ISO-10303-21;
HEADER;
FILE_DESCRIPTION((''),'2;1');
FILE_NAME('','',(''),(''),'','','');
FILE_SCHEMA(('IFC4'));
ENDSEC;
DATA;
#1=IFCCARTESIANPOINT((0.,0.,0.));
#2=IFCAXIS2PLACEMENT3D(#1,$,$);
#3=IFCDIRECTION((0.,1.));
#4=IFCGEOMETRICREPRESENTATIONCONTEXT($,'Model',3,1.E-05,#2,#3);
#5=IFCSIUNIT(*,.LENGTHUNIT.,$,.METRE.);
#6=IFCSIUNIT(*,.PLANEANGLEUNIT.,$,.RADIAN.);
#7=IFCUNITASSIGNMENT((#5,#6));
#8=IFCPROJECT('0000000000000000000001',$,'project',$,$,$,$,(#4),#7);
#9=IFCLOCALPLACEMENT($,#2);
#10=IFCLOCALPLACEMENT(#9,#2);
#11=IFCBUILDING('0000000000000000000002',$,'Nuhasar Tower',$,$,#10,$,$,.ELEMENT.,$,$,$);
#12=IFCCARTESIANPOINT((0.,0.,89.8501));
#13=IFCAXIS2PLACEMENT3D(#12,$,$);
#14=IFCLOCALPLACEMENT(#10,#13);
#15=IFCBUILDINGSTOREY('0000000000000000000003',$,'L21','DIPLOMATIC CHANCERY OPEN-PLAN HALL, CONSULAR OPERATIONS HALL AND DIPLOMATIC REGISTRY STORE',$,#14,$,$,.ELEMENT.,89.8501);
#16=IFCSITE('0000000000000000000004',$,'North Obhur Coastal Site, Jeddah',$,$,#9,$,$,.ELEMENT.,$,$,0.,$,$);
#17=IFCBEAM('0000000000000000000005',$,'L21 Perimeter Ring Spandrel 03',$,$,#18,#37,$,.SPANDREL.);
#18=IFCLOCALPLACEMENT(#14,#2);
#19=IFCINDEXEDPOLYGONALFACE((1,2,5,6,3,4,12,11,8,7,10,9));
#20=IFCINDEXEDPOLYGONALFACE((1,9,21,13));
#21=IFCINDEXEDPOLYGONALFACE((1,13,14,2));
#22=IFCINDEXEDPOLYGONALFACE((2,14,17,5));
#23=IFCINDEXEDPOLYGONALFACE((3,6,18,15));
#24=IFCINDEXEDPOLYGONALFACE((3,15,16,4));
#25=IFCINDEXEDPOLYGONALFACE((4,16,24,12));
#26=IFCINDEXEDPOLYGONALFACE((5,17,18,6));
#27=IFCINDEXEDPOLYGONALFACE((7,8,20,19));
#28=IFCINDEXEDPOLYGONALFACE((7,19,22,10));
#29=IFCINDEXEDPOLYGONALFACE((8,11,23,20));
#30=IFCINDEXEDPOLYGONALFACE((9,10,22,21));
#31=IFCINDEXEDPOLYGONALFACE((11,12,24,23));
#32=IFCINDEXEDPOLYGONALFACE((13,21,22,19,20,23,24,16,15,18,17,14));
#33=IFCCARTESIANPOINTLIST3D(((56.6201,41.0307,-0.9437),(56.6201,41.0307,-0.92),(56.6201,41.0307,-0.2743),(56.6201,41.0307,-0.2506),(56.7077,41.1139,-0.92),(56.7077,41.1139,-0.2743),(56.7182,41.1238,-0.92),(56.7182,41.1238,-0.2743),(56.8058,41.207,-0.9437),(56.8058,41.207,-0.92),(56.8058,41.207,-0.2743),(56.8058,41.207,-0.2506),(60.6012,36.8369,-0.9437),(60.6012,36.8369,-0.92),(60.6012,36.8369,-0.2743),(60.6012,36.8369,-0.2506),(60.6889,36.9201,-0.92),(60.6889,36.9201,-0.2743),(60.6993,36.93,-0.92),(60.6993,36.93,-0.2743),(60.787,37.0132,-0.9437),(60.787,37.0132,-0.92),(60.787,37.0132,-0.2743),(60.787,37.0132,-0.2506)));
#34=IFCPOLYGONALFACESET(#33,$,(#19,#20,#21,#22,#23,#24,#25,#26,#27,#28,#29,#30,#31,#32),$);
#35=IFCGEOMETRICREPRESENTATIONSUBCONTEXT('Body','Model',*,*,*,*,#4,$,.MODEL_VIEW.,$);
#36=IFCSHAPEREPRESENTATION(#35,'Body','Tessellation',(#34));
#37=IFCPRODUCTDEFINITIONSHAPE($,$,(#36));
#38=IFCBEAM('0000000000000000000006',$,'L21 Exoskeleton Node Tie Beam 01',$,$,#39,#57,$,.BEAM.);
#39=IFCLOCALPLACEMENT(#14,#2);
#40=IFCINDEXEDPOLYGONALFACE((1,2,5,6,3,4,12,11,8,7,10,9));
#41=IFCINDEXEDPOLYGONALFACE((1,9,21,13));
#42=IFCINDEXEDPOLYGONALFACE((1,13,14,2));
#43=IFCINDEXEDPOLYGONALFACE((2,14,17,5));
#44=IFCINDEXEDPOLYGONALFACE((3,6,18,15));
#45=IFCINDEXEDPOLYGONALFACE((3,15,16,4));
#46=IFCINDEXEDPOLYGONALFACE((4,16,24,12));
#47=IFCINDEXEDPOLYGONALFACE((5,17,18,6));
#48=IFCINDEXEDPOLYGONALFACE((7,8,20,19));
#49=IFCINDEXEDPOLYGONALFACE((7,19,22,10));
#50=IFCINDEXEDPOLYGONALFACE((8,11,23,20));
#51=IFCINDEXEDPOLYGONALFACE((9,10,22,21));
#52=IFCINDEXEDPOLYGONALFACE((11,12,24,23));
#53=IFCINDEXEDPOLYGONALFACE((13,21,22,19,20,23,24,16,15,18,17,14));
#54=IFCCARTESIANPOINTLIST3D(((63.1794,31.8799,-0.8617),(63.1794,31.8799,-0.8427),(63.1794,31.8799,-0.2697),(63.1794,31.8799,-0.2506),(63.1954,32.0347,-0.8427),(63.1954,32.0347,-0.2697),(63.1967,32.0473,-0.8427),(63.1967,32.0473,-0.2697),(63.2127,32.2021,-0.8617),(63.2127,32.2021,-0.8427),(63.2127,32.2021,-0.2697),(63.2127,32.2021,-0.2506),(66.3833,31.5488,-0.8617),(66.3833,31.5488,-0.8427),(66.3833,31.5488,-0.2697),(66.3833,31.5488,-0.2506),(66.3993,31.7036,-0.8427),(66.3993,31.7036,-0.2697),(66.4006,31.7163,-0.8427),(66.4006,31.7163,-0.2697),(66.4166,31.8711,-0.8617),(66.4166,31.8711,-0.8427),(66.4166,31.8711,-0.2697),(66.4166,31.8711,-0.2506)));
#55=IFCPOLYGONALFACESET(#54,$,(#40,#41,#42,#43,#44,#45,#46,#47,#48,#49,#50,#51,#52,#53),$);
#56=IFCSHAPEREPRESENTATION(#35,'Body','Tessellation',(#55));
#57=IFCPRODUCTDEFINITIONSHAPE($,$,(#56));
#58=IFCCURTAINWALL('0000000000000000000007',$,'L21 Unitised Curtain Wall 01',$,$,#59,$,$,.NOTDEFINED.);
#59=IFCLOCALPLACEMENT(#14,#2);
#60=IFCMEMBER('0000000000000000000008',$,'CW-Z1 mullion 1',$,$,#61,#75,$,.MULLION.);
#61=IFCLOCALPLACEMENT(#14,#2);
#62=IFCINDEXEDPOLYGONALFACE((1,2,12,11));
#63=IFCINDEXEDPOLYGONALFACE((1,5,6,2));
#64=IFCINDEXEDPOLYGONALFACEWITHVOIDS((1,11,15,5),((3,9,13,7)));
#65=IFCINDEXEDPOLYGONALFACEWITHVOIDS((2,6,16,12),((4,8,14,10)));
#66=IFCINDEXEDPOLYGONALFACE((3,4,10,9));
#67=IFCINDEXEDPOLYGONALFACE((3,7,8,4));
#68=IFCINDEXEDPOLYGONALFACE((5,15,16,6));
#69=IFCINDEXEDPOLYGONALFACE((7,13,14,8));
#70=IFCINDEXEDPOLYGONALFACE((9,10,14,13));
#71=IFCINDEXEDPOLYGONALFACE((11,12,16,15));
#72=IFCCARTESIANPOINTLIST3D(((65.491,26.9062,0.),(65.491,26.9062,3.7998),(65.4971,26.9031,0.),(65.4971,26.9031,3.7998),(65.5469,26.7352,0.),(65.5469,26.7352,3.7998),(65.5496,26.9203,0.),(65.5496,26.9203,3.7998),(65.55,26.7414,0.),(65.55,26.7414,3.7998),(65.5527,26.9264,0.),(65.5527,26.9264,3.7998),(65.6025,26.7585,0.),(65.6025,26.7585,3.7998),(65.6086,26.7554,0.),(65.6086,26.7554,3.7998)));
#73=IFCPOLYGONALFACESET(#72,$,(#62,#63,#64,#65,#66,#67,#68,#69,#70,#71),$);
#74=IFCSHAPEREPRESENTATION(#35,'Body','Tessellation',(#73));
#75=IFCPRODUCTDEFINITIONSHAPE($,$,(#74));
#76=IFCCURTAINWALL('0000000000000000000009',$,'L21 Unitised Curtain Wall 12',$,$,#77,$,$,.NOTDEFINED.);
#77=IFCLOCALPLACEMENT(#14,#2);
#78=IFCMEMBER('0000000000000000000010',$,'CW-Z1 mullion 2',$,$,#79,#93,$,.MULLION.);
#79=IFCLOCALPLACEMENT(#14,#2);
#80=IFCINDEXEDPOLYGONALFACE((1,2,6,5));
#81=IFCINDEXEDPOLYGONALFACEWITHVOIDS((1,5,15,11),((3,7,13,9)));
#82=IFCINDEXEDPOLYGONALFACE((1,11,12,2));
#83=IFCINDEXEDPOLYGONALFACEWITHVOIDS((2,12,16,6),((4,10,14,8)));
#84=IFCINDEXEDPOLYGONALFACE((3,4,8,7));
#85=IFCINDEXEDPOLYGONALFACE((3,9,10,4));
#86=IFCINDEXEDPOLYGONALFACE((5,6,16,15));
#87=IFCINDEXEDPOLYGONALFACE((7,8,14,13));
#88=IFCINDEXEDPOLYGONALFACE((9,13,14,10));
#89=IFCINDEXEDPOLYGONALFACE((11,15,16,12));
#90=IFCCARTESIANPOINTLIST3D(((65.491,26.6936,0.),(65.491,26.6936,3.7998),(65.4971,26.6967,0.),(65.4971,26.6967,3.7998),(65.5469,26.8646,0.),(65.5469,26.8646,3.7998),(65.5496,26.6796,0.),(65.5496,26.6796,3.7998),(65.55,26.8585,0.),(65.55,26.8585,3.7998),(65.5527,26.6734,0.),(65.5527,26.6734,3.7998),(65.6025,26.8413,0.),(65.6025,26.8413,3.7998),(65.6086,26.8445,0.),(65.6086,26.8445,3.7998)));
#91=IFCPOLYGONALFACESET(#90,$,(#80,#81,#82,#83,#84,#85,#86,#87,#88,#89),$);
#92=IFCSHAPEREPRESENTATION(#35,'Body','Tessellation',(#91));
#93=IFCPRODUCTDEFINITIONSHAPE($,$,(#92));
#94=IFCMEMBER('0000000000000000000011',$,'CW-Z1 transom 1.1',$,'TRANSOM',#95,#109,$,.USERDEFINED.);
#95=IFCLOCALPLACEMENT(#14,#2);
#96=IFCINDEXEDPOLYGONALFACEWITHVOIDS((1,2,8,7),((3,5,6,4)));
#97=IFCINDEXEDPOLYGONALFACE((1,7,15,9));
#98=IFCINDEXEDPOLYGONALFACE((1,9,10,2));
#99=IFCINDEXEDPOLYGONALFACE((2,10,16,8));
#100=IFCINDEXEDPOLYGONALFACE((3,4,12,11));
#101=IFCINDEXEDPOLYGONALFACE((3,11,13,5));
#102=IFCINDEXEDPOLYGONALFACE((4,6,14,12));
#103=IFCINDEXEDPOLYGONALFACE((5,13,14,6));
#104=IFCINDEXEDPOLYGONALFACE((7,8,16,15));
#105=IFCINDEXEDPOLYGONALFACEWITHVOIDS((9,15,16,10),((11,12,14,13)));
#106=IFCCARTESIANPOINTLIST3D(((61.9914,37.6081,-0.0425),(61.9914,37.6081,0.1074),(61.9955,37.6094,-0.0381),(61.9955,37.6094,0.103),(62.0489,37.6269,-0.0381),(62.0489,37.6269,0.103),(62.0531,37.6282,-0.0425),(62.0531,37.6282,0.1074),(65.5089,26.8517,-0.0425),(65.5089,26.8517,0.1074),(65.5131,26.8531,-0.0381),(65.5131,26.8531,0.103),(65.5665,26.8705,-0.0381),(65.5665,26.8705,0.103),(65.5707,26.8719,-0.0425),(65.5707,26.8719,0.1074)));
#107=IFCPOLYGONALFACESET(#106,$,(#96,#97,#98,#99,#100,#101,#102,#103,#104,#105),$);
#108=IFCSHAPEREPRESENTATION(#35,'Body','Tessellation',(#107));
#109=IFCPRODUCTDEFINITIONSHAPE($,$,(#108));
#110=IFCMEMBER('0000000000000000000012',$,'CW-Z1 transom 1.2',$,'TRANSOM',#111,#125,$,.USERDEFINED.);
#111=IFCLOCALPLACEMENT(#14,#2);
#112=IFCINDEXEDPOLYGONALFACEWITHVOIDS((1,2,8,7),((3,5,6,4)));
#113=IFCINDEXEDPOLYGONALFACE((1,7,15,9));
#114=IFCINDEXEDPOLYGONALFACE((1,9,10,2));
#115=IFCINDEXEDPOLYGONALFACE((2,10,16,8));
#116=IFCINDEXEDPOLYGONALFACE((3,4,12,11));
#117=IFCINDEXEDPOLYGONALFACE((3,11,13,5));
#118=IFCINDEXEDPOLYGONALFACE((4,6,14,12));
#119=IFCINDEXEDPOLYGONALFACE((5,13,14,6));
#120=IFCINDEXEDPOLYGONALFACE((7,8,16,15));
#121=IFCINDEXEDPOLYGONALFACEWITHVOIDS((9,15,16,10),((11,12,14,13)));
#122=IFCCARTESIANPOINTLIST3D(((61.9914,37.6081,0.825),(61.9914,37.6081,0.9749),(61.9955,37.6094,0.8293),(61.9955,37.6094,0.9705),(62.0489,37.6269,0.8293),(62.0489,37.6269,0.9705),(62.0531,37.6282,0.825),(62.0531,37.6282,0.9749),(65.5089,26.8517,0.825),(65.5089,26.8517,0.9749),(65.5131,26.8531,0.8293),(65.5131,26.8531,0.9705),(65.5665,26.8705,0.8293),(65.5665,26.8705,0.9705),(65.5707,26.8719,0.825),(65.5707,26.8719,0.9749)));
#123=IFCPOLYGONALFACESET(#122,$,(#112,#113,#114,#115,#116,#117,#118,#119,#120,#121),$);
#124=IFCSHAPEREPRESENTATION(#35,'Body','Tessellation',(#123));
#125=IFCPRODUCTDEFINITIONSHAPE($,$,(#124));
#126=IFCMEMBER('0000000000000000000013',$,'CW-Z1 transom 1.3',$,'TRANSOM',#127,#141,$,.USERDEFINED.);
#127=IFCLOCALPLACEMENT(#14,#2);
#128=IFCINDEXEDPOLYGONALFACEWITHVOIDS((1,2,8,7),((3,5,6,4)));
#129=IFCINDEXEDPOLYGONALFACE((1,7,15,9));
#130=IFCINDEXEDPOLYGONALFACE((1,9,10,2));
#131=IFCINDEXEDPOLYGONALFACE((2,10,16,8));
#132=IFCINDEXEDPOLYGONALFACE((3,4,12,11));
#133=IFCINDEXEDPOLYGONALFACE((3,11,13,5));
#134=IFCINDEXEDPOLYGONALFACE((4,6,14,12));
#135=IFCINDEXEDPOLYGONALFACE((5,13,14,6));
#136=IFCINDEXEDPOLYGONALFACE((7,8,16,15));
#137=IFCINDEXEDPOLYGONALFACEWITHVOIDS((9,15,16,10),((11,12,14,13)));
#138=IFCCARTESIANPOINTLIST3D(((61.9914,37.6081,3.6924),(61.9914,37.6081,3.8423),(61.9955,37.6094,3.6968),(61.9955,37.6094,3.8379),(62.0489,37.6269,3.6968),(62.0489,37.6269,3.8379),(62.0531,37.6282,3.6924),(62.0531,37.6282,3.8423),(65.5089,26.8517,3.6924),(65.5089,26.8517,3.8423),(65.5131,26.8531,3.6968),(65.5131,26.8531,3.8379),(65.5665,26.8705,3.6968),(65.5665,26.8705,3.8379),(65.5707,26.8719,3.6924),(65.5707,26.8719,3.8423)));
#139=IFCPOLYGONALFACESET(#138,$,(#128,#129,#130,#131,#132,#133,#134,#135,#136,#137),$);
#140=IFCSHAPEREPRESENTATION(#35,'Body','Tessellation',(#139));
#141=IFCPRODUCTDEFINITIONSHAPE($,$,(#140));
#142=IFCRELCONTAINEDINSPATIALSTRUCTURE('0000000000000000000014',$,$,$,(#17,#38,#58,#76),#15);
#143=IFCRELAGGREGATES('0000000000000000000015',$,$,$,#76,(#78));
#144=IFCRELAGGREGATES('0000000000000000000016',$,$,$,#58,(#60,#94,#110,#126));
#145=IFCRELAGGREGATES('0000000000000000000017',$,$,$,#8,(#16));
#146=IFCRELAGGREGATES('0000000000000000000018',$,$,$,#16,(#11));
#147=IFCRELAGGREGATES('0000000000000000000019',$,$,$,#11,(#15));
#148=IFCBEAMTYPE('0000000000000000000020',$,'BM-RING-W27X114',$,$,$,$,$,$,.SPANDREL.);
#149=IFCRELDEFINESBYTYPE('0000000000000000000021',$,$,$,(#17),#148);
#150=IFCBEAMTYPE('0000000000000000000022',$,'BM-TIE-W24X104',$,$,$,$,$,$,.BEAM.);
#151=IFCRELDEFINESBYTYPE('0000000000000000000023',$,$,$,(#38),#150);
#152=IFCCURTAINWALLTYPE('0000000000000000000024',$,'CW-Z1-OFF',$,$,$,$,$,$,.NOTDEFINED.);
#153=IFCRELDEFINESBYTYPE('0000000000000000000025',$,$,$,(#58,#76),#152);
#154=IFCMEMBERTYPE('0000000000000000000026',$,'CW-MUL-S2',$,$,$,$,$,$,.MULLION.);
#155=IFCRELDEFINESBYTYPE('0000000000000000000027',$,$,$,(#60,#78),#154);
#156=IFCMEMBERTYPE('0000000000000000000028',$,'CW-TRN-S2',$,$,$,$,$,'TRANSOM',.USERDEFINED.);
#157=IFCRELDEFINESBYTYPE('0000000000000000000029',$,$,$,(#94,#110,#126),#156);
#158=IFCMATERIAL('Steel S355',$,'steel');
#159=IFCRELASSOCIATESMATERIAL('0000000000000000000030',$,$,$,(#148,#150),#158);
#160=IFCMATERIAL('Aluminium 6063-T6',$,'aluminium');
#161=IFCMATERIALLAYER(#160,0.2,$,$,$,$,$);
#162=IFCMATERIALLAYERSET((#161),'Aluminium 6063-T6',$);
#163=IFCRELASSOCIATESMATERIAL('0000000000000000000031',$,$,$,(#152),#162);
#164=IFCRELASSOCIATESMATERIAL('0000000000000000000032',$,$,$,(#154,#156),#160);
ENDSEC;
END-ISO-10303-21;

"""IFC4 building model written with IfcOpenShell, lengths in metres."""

from ifc_helpers import new_model, si_unit, direction, frame, origin, origin_2d, place, context, subcontext, project, spatial, hollow_rectangle, i_section, extrude, material, layer, layer_set, material_profile, profile_set, type_object, element, aggregate, save


model = new_model("IFC4")

# Units and contexts
model_context = context("Model", 3, precision=1e-05, world=origin(), true_north=direction((0.0, 1.0)))
body_context = subcontext(model_context, "Body", "Model", "MODEL_VIEW")
ifc_project = project(units=[si_unit("LENGTHUNIT", "METRE"), si_unit("PLANEANGLEUNIT", "RADIAN")], contexts=[model_context])

# Site, building, storey
site_placement = place(None, origin())
site = spatial("IfcSite", under=ifc_project, at=site_placement, Name="North Obhur Coastal Site, Jeddah", CompositionType="ELEMENT", RefElevation=0.0)
building_placement = place(site_placement, origin())
building = spatial("IfcBuilding", under=site, at=building_placement, Name="Nuhasar Tower", CompositionType="ELEMENT")
storey_placement = place(building_placement, frame((0.0, 0.0, 89.8501)))
storey = spatial("IfcBuildingStorey", under=building, at=storey_placement, Name="L21", Description="DIPLOMATIC CHANCERY OPEN-PLAN HALL, CONSULAR OPERATIONS HALL AND DIPLOMATIC REGISTRY STORE", CompositionType="ELEMENT", Elevation=89.8501)

# Beams
ifc_material_1 = material(Name="Steel S355", Category="steel")
ifc_material_profile_1 = material_profile(ifc_material_1, i_section(OverallWidth=0.2561, OverallDepth=0.6931, WebThickness=0.0144, FlangeThickness=0.0237, at=origin_2d()), Name="W27X114")
ifc_profile_set_1 = profile_set([ifc_material_profile_1], Name="Steel S355")
beam_type_1 = type_object("IfcBeamType", Name="BM-RING-W27X114", PredefinedType="SPANDREL", material=ifc_profile_set_1)
beam_1_placement = place(storey_placement, frame((60.6941, 36.925, -0.5972), z_axis=(-0.688481, 0.725254, 0.0), x_axis=(-0.725254, -0.688481, 0.0)))
element("IfcBeam", 1, at=beam_1_placement, inside=storey, type_object=beam_type_1, Name="L21 Perimeter Ring Spandrel 03", PredefinedType="SPANDREL", context=body_context, shape_type="SweptSolid", body=[
    extrude(i_section(OverallWidth=0.2561, OverallDepth=0.6931, WebThickness=0.0144, FlangeThickness=0.0237, at=origin_2d()), origin(), (0.0, 0.0, 1.0), 5.7825),
])
ifc_material_profile_2 = material_profile(ifc_material_1, i_section(OverallWidth=0.324, OverallDepth=0.6111, WebThickness=0.0127, FlangeThickness=0.019, at=origin_2d()), Name="W24X104")
ifc_profile_set_2 = profile_set([ifc_material_profile_2], Name="Steel S355")
beam_type_2 = type_object("IfcBeamType", Name="BM-TIE-W24X104", PredefinedType="BEAM", material=ifc_profile_set_2)
beam_2_placement = place(storey_placement, frame((63.196, 32.041, -0.5562), z_axis=(0.994704, -0.102783, 0.0), x_axis=(0.102783, 0.994704, 0.0)))
element("IfcBeam", 2, at=beam_2_placement, inside=storey, type_object=beam_type_2, Name="L21 Exoskeleton Node Tie Beam 01", PredefinedType="BEAM", context=body_context, shape_type="SweptSolid", body=[
    extrude(i_section(OverallWidth=0.324, OverallDepth=0.6111, WebThickness=0.0127, FlangeThickness=0.019, at=origin_2d()), origin(), (0.0, 0.0, 1.0), 3.2209),
])

# Curtain walls, members
ifc_material_2 = material(Name="Aluminium 6063-T6", Category="aluminium")
ifc_layer_1 = layer(ifc_material_2, 0.2)
ifc_layer_set_1 = layer_set([ifc_layer_1], Name="Aluminium 6063-T6")
curtain_wall_type = type_object("IfcCurtainWallType", Name="CW-Z1-OFF", PredefinedType="NOTDEFINED", material=ifc_layer_set_1)
curtain_wall_1_placement = place(storey_placement, origin())
curtain_wall_1 = element("IfcCurtainWall", 3, at=curtain_wall_1_placement, inside=storey, type_object=curtain_wall_type, Name="L21 Unitised Curtain Wall 01", PredefinedType="NOTDEFINED")
ifc_material_profile_3 = material_profile(ifc_material_2, hollow_rectangle(XDim=0.0649, YDim=0.1799, WallThickness=0.0049, at=origin_2d()), Name="CWM-2")
ifc_profile_set_3 = profile_set([ifc_material_profile_3], Name="Aluminium 6063-T6")
member_type_1 = type_object("IfcMemberType", Name="CW-MUL-S2", PredefinedType="MULLION", material=ifc_profile_set_3)
member_1_placement = place(storey_placement, frame((65.5498, 26.8308, 0.0), z_axis=(0.0, 0.0, 1.0), x_axis=(-0.950468, -0.310824, 0.0)))
member_1 = element("IfcMember", 4, at=member_1_placement, type_object=member_type_1, Name="CW-Z1 mullion 1", PredefinedType="MULLION", context=body_context, shape_type="SweptSolid", body=[
    extrude(hollow_rectangle(XDim=0.0649, YDim=0.1799, WallThickness=0.0049, at=origin_2d()), origin(), (0.0, 0.0, 1.0), 3.7998),
])
curtain_wall_2_placement = place(storey_placement, origin())
curtain_wall_2 = element("IfcCurtainWall", 5, at=curtain_wall_2_placement, inside=storey, type_object=curtain_wall_type, Name="L21 Unitised Curtain Wall 12", PredefinedType="NOTDEFINED")
member_2_placement = place(storey_placement, frame((65.5498, 26.769, 0.0), z_axis=(0.0, 0.0, 1.0), x_axis=(-0.950468, 0.310824, 0.0)))
member_2 = element("IfcMember", 6, at=member_2_placement, type_object=member_type_1, Name="CW-Z1 mullion 2", PredefinedType="MULLION", context=body_context, shape_type="SweptSolid", body=[
    extrude(hollow_rectangle(XDim=0.0649, YDim=0.1799, WallThickness=0.0049, at=origin_2d()), origin(), (0.0, 0.0, 1.0), 3.7998),
])
aggregate(curtain_wall_2, [member_2])

# Members
ifc_material_profile_4 = material_profile(ifc_material_2, hollow_rectangle(XDim=0.0649, YDim=0.1499, WallThickness=0.0044, at=origin_2d()), Name="CWT-2")
ifc_profile_set_4 = profile_set([ifc_material_profile_4], Name="Aluminium 6063-T6")
member_type_2 = type_object("IfcMemberType", Name="CW-TRN-S2", ElementType="TRANSOM", PredefinedType="USERDEFINED", material=ifc_profile_set_4)
member_3_placement = place(storey_placement, frame((65.5398, 26.8618, 0.0325), z_axis=(-0.310825, 0.950467, 0.0), x_axis=(-0.950467, -0.310825, 0.0)))
member_3 = element("IfcMember", 7, at=member_3_placement, type_object=member_type_2, Name="CW-Z1 transom 1.1", ObjectType="TRANSOM", PredefinedType="USERDEFINED", context=body_context, shape_type="SweptSolid", body=[
    extrude(hollow_rectangle(XDim=0.0649, YDim=0.1499, WallThickness=0.0044, at=origin_2d()), origin(), (0.0, 0.0, 1.0), 11.3169),
])
member_4_placement = place(storey_placement, frame((65.5398, 26.8618, 0.8999), z_axis=(-0.310825, 0.950467, 0.0), x_axis=(-0.950467, -0.310825, 0.0)))
member_4 = element("IfcMember", 8, at=member_4_placement, type_object=member_type_2, Name="CW-Z1 transom 1.2", ObjectType="TRANSOM", PredefinedType="USERDEFINED", context=body_context, shape_type="SweptSolid", body=[
    extrude(hollow_rectangle(XDim=0.0649, YDim=0.1499, WallThickness=0.0044, at=origin_2d()), origin(), (0.0, 0.0, 1.0), 11.3169),
])
member_5_placement = place(storey_placement, frame((65.5398, 26.8618, 3.7673), z_axis=(-0.310825, 0.950467, 0.0), x_axis=(-0.950467, -0.310825, 0.0)))
member_5 = element("IfcMember", 9, at=member_5_placement, type_object=member_type_2, Name="CW-Z1 transom 1.3", ObjectType="TRANSOM", PredefinedType="USERDEFINED", context=body_context, shape_type="SweptSolid", body=[
    extrude(hollow_rectangle(XDim=0.0649, YDim=0.1499, WallThickness=0.0044, at=origin_2d()), origin(), (0.0, 0.0, 1.0), 11.3169),
])

aggregate(curtain_wall_1, [member_1, member_3, member_4, member_5])

save(model, "model.ifc")
